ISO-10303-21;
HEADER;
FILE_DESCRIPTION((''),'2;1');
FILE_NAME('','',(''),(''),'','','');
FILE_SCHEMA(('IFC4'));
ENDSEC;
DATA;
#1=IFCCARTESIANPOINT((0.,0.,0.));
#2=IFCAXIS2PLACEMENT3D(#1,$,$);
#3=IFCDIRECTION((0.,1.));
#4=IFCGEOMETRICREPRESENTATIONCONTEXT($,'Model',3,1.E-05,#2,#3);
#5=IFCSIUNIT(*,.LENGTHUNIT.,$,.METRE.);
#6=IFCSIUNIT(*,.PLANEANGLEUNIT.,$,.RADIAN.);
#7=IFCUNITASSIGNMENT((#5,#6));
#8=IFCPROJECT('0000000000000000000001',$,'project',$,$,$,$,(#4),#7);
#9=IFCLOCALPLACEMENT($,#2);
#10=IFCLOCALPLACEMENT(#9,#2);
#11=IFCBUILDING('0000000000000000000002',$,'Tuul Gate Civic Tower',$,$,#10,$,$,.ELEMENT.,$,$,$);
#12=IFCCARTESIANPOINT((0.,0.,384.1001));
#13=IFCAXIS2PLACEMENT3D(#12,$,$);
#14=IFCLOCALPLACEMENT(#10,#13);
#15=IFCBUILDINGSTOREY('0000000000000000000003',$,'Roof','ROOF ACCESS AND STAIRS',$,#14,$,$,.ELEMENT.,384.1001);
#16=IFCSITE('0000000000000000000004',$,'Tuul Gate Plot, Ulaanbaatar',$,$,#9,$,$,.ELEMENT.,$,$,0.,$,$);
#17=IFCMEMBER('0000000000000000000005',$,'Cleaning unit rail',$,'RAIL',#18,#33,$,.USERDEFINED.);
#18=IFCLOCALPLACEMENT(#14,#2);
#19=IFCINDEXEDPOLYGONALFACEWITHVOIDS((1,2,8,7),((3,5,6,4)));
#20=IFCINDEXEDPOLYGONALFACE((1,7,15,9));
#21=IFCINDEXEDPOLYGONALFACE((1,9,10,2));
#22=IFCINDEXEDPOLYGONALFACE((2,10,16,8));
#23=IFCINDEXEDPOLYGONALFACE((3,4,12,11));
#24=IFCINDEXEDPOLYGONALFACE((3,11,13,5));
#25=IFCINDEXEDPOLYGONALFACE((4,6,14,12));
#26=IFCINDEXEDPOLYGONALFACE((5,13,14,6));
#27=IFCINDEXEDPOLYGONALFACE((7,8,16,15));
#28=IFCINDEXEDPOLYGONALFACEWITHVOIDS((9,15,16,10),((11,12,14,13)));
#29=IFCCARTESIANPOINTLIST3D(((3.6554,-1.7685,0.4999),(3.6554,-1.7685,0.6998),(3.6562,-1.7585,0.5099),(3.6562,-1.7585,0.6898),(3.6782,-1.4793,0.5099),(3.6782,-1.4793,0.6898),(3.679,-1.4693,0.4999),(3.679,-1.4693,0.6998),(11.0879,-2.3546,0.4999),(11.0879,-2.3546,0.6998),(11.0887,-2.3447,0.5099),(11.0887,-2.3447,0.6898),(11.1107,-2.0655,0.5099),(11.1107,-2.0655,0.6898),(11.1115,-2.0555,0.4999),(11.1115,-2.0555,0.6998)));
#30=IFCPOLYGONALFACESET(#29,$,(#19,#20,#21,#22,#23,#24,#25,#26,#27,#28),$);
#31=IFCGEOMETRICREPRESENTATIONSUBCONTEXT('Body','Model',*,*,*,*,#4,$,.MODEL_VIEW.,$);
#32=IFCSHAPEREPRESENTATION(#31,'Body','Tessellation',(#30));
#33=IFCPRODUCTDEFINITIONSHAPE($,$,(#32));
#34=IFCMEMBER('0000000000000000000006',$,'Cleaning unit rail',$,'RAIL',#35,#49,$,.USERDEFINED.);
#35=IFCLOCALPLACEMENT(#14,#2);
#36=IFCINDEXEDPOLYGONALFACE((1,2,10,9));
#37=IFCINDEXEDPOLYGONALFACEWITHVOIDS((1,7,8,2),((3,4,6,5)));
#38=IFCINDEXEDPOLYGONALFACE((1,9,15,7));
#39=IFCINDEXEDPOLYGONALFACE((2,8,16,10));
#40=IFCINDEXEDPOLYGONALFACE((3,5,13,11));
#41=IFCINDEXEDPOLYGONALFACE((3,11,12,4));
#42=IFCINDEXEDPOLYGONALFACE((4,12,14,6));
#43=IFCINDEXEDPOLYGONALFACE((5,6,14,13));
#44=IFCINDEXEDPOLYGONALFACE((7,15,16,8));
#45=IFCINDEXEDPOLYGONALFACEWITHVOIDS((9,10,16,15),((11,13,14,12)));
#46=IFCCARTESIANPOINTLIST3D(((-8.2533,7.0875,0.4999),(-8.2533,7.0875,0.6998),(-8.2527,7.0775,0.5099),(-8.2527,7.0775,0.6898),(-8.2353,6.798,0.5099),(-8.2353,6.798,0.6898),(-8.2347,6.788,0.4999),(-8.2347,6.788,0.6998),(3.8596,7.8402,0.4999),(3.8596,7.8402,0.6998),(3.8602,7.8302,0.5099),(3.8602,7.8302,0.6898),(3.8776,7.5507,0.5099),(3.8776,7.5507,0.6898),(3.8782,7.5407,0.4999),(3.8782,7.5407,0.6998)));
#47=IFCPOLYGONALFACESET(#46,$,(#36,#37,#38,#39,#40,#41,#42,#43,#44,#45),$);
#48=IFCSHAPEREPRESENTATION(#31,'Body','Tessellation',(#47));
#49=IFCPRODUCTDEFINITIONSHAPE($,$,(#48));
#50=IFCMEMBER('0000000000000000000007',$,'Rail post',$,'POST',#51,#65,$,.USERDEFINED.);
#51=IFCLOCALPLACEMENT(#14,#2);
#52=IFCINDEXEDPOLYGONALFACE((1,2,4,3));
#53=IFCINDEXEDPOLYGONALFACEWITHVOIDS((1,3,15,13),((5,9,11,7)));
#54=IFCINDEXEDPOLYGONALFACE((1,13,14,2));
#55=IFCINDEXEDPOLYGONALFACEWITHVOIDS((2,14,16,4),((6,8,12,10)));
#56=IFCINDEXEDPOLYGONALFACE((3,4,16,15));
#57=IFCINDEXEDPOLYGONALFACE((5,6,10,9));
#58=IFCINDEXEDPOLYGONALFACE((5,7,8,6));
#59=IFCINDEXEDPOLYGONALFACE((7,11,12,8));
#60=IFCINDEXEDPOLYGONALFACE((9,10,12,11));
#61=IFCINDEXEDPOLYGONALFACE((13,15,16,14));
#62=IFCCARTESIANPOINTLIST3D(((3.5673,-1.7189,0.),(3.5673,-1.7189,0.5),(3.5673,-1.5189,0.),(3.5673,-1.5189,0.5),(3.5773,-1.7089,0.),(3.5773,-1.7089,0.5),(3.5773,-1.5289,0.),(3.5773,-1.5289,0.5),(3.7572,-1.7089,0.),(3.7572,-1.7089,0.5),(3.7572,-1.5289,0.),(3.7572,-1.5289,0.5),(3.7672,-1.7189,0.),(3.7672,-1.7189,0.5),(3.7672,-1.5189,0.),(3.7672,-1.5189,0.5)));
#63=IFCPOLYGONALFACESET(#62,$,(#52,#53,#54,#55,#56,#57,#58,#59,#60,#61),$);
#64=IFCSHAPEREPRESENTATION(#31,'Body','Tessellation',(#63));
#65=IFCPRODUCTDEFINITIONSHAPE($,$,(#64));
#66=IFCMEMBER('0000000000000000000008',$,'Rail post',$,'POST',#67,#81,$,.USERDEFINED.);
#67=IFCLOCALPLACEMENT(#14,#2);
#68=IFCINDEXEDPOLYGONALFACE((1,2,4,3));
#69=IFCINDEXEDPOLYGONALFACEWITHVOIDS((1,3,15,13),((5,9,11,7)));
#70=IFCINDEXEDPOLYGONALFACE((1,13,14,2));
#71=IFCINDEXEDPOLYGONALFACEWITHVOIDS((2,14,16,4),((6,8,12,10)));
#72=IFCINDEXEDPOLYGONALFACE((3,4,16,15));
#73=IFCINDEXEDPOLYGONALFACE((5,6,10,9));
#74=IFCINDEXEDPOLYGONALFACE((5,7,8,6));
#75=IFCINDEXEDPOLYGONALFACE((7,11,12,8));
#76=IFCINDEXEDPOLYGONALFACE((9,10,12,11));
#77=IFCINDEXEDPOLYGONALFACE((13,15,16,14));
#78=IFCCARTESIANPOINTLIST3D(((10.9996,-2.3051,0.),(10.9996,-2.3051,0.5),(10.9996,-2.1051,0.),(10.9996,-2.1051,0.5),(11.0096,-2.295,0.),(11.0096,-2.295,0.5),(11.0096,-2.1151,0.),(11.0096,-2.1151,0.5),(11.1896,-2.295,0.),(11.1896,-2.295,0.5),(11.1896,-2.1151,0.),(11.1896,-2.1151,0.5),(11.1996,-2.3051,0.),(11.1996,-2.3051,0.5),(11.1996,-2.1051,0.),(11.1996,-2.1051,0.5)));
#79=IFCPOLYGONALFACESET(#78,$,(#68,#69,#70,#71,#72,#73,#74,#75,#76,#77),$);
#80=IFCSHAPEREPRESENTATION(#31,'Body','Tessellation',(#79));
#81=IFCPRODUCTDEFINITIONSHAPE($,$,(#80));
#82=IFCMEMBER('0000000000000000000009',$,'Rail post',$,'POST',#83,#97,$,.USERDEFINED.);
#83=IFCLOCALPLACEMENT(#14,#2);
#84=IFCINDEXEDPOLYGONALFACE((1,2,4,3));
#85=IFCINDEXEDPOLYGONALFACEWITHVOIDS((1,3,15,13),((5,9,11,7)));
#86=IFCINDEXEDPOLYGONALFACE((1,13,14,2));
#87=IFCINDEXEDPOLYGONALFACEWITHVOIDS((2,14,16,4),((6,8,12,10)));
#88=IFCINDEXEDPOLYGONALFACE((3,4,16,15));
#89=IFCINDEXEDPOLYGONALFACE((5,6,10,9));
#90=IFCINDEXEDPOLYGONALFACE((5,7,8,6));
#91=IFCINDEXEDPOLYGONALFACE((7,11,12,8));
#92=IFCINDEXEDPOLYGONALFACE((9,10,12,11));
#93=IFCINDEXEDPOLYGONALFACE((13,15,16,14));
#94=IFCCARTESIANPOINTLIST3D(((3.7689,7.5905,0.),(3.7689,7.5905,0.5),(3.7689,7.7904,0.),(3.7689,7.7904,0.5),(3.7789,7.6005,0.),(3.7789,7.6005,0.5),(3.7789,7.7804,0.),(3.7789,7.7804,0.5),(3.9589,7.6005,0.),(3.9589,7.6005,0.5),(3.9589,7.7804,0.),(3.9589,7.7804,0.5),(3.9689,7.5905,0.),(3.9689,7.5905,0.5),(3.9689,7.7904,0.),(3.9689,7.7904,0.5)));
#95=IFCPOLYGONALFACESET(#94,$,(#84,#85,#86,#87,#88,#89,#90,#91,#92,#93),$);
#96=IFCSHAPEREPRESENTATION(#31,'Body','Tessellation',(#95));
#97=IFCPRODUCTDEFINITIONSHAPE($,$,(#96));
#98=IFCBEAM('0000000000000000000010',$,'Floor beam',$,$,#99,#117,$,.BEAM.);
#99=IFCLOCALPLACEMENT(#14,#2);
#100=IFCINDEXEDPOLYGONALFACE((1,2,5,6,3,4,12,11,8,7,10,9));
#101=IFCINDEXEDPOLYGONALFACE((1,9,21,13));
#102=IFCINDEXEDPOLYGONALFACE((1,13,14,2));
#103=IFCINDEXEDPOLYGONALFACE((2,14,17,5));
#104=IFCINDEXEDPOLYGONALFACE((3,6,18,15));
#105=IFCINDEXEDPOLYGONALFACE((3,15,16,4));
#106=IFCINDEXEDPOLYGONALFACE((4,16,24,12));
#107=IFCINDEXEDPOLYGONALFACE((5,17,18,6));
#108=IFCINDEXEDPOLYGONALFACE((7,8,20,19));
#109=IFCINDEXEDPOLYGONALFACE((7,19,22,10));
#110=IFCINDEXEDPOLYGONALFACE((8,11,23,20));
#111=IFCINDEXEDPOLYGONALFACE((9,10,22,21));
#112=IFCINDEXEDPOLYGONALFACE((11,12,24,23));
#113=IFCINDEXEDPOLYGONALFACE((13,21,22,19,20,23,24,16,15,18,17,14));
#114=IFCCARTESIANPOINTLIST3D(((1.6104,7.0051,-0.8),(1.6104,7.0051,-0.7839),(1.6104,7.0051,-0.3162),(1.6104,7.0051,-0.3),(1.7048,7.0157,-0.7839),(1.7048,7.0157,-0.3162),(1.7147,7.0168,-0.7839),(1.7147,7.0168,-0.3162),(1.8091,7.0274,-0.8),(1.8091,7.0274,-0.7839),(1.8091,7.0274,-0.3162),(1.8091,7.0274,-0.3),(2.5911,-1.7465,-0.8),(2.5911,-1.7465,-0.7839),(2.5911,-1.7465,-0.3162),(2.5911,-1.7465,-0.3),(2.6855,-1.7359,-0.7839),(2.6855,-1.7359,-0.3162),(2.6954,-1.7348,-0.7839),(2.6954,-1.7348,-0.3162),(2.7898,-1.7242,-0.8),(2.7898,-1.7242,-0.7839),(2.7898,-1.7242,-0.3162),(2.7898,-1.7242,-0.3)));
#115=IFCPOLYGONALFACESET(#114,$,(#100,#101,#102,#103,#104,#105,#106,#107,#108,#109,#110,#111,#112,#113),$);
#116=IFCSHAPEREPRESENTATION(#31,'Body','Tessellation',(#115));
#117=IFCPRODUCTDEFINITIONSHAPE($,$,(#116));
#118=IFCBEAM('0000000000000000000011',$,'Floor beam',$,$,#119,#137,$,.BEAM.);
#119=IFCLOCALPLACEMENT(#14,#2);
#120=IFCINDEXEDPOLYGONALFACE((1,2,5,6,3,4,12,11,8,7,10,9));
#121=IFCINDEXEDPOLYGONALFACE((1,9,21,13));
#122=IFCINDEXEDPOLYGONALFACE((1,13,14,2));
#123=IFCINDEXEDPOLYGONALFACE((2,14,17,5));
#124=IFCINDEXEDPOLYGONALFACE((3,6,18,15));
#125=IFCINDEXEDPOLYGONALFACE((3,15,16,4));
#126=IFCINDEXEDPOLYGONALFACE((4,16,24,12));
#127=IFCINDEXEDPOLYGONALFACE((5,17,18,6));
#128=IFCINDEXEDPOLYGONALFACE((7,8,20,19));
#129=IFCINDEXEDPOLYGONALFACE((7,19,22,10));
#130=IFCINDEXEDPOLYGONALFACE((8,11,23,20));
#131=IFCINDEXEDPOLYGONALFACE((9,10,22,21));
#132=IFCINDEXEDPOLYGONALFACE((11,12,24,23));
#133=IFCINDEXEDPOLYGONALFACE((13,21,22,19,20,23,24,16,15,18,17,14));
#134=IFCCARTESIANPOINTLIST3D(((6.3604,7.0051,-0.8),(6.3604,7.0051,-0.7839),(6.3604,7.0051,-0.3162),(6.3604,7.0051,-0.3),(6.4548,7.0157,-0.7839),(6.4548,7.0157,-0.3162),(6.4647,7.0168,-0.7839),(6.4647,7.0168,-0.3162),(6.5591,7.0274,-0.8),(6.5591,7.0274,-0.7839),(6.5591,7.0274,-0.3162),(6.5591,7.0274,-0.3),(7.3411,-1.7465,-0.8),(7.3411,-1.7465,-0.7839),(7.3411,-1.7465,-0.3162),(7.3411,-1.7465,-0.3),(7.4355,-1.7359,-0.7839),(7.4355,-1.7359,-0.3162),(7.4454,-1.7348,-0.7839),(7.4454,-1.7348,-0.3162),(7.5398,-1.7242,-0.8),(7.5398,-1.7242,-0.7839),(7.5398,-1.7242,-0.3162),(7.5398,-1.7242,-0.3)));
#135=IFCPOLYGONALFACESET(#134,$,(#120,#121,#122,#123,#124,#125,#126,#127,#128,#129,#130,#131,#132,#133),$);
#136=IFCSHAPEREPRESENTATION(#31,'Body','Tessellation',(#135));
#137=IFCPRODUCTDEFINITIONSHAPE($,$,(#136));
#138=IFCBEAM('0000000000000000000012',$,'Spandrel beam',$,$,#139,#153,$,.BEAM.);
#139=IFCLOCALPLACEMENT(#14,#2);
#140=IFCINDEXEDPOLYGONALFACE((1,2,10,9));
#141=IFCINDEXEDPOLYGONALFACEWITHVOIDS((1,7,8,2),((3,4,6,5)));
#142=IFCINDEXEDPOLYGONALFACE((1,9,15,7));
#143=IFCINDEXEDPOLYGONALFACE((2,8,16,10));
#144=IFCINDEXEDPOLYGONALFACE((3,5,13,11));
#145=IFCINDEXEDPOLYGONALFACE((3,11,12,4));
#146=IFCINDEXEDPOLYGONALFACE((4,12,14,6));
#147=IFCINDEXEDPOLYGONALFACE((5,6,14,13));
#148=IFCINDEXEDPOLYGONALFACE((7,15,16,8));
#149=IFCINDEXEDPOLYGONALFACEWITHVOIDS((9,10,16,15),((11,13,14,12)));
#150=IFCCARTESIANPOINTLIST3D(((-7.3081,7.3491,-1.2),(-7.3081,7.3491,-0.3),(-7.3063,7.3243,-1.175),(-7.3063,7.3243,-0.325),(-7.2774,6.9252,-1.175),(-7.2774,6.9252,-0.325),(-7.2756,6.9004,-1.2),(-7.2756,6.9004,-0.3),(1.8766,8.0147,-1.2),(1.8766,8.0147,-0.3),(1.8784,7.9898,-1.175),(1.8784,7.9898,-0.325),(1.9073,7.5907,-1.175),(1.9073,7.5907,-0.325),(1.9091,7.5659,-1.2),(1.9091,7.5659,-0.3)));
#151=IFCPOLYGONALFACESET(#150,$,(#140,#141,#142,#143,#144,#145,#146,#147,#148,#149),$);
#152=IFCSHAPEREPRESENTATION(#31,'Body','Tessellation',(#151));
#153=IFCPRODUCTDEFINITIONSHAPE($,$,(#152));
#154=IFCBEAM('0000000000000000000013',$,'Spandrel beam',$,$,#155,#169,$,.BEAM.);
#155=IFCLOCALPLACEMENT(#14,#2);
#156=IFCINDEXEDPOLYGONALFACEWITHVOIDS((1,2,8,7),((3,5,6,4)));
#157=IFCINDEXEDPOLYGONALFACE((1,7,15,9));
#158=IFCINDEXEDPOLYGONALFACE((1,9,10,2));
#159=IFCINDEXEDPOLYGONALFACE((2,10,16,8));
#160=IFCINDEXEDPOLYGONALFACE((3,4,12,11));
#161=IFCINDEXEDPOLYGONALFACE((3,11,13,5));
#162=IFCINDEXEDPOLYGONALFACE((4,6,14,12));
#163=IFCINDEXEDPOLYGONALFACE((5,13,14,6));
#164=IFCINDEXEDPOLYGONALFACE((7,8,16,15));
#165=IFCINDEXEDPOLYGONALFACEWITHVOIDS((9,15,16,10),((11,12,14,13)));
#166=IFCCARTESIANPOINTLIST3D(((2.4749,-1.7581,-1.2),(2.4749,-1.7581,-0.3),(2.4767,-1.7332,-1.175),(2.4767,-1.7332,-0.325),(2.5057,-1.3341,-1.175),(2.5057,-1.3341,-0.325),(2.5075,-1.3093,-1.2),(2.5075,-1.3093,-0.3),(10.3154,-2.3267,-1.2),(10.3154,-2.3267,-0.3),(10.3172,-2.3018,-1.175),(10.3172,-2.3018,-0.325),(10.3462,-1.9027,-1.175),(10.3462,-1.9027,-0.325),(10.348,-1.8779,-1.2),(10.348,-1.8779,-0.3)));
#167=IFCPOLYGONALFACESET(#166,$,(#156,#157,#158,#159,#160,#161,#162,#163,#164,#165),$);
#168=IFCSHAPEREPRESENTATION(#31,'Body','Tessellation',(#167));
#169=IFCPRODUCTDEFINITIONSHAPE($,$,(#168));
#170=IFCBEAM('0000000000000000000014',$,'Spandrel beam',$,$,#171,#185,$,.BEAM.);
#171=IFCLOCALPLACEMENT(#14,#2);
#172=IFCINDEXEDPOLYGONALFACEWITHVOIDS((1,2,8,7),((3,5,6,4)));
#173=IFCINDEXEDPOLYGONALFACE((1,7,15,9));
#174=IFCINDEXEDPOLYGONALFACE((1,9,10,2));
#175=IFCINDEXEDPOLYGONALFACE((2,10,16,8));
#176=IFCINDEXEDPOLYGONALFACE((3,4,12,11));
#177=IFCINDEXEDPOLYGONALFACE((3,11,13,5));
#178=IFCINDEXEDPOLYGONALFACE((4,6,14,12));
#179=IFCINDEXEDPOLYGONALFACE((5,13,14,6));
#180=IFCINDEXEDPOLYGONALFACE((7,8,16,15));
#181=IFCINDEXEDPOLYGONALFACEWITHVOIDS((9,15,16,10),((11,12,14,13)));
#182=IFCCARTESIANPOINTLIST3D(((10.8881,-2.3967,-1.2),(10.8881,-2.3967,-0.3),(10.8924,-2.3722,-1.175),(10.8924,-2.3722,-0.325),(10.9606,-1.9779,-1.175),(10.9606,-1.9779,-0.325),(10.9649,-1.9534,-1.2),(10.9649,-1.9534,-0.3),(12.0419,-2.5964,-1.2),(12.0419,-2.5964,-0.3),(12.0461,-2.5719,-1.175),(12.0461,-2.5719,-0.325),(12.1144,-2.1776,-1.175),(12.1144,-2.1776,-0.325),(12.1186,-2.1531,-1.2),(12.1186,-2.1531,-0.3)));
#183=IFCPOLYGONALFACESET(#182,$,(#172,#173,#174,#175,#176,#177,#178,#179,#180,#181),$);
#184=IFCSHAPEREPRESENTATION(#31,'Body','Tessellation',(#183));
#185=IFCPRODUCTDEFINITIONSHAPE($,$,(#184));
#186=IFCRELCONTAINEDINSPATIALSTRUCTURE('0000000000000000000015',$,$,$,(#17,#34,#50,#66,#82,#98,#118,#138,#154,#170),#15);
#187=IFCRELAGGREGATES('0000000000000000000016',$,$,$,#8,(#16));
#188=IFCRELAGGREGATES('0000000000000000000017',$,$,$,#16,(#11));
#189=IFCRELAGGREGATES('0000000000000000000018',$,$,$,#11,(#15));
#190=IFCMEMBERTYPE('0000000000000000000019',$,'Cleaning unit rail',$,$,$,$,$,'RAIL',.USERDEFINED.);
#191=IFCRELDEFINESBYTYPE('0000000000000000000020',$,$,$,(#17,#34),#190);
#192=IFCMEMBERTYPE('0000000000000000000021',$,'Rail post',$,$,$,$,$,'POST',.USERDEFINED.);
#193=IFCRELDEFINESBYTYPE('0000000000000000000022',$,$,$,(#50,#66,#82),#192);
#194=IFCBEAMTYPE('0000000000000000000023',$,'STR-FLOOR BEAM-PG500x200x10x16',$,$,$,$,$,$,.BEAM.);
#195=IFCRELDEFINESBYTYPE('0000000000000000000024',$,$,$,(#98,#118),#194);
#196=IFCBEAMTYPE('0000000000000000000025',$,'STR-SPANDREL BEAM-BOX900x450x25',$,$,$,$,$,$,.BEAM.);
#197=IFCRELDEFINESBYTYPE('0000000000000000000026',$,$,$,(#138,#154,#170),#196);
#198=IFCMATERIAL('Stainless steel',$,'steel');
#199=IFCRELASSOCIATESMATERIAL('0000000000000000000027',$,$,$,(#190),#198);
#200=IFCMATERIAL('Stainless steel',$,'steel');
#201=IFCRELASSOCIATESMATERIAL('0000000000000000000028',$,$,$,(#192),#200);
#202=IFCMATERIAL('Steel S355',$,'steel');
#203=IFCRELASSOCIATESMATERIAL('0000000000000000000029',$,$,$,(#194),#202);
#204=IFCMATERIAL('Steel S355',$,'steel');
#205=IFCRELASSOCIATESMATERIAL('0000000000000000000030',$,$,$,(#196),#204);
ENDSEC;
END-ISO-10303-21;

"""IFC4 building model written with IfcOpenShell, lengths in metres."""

from ifc_helpers import new_model, si_unit, direction, frame, origin, origin_2d, place, context, subcontext, project, spatial, hollow_rectangle, i_section, extrude, material, material_profile, profile_set, type_object, element, save


model = new_model("IFC4")

# Units and contexts
model_context = context("Model", 3, precision=1e-05, world=origin(), true_north=direction((0.0, 1.0)))
body_context = subcontext(model_context, "Body", "Model", "MODEL_VIEW")
ifc_project = project(units=[si_unit("LENGTHUNIT", "METRE"), si_unit("PLANEANGLEUNIT", "RADIAN")], contexts=[model_context])

# Site, building, storey
site_placement = place(None, origin())
site = spatial("IfcSite", under=ifc_project, at=site_placement, Name="Tuul Gate Plot, Ulaanbaatar", CompositionType="ELEMENT", RefElevation=0.0)
building_placement = place(site_placement, origin())
building = spatial("IfcBuilding", under=site, at=building_placement, Name="Tuul Gate Civic Tower", CompositionType="ELEMENT")
storey_placement = place(building_placement, frame((0.0, 0.0, 384.1001)))
storey = spatial("IfcBuildingStorey", under=building, at=storey_placement, Name="Roof", Description="ROOF ACCESS AND STAIRS", CompositionType="ELEMENT", Elevation=384.1001)

# Members
ifc_material_1 = material(Name="Stainless steel", Category="steel")
ifc_material_profile_1 = material_profile(ifc_material_1, hollow_rectangle(XDim=0.3, YDim=0.2, WallThickness=0.01, at=origin_2d()), Name="Cleaning unit rail")
ifc_profile_set_1 = profile_set([ifc_material_profile_1], Name="Stainless steel")
member_type_1 = type_object("IfcMemberType", Name="Cleaning unit rail", ElementType="RAIL", PredefinedType="USERDEFINED", material=ifc_profile_set_1)
member_1_placement = place(storey_placement, frame((3.6672, -1.6189, 0.5999), z_axis=(0.996904, -0.078625, 0.0), x_axis=(0.078625, 0.996904, 0.0)))
element("IfcMember", 1, at=member_1_placement, inside=storey, type_object=member_type_1, Name="Cleaning unit rail", ObjectType="RAIL", PredefinedType="USERDEFINED", context=body_context, shape_type="SweptSolid", body=[
    extrude(hollow_rectangle(XDim=0.3, YDim=0.2, WallThickness=0.01, at=origin_2d()), origin(), (0.0, 0.0, 1.0), 7.4556),
])
member_2_placement = place(storey_placement, frame((3.8689, 7.6904, 0.5999), z_axis=(-0.998075, -0.06202, 0.0), x_axis=(0.06202, -0.998075, 0.0)))
element("IfcMember", 2, at=member_2_placement, inside=storey, type_object=member_type_1, Name="Cleaning unit rail", ObjectType="RAIL", PredefinedType="USERDEFINED", context=body_context, shape_type="SweptSolid", body=[
    extrude(hollow_rectangle(XDim=0.3, YDim=0.2, WallThickness=0.01, at=origin_2d()), origin(), (0.0, 0.0, 1.0), 12.1362),
])
ifc_material_2 = material(Name="Stainless steel", Category="steel")
ifc_material_profile_2 = material_profile(ifc_material_2, hollow_rectangle(XDim=0.2, YDim=0.2, WallThickness=0.01, at=origin_2d()), Name="Rail post")
ifc_profile_set_2 = profile_set([ifc_material_profile_2], Name="Stainless steel")
member_type_2 = type_object("IfcMemberType", Name="Rail post", ElementType="POST", PredefinedType="USERDEFINED", material=ifc_profile_set_2)
for number, where, z_axis, x_axis, name in (
    (3, (3.6672, -1.6189, 0.0), (0.0, 0.0, 1.0), (1.0, 0.0, 0.0), "Rail post"),
    (4, (11.0996, -2.2051, 0.0), (0.0, 0.0, 1.0), (1.0, 0.0, 0.0), "Rail post"),
    (5, (3.8689, 7.6904, 0.0), (0.0, 0.0, 1.0), (1.0, 0.0, 0.0), "Rail post"),
):
    element("IfcMember", number, at=place(storey_placement, frame(where, z_axis=z_axis, x_axis=x_axis)), inside=storey, type_object=member_type_2, Name=name, ObjectType="POST", PredefinedType="USERDEFINED", context=body_context, shape_type="SweptSolid", body=[
        extrude(hollow_rectangle(XDim=0.2, YDim=0.2, WallThickness=0.01, at=origin_2d()), origin(), (0.0, 0.0, 1.0), 0.5),
    ])

# Beams
ifc_material_3 = material(Name="Steel S355", Category="steel")
ifc_material_profile_3 = material_profile(ifc_material_3, i_section(OverallWidth=0.2, OverallDepth=0.5, WebThickness=0.01, FlangeThickness=0.0161, at=origin_2d()), Name="PG500x200x10x16")
ifc_profile_set_3 = profile_set([ifc_material_profile_3], Name="Steel S355")
beam_type_1 = type_object("IfcBeamType", Name="STR-FLOOR BEAM-PG500x200x10x16", PredefinedType="BEAM", material=ifc_profile_set_3)
for number, where, z_axis, x_axis, name in (
    (6, (2.6904, -1.7354, -0.55), (-0.111363, 0.99378, 0.0), (-0.99378, -0.111363, 0.0), "Floor beam"),
    (7, (7.4404, -1.7354, -0.55), (-0.111363, 0.99378, 0.0), (-0.99378, -0.111363, 0.0), "Floor beam"),
):
    element("IfcBeam", number, at=place(storey_placement, frame(where, z_axis=z_axis, x_axis=x_axis)), inside=storey, type_object=beam_type_1, Name=name, PredefinedType="BEAM", context=body_context, shape_type="SweptSolid", body=[
        extrude(i_section(OverallWidth=0.2, OverallDepth=0.5, WebThickness=0.01, FlangeThickness=0.0161, at=origin_2d()), origin(), (0.0, 0.0, 1.0), 8.8064),
    ])
ifc_material_4 = material(Name="Steel S355", Category="steel")
ifc_material_profile_4 = material_profile(ifc_material_4, hollow_rectangle(XDim=0.45, YDim=0.8999, WallThickness=0.0249, at=origin_2d()), Name="BOX900x450x25")
ifc_profile_set_4 = profile_set([ifc_material_profile_4], Name="Steel S355")
beam_type_2 = type_object("IfcBeamType", Name="STR-SPANDREL BEAM-BOX900x450x25", PredefinedType="BEAM", material=ifc_profile_set_4)
beam_1_placement = place(storey_placement, frame((1.8928, 7.7903, -0.75), z_axis=(-0.997385, -0.072272, 0.0), x_axis=(0.072272, -0.997385, 0.0)))
element("IfcBeam", 8, at=beam_1_placement, inside=storey, type_object=beam_type_2, Name="Spandrel beam", PredefinedType="BEAM", context=body_context, shape_type="SweptSolid", body=[
    extrude(hollow_rectangle(XDim=0.45, YDim=0.8999, WallThickness=0.0249, at=origin_2d()), origin(), (0.0, 0.0, 1.0), 9.2087),
])
beam_2_placement = place(storey_placement, frame((2.4912, -1.5337, -0.75), z_axis=(0.997381, -0.072331, 0.0), x_axis=(0.072331, 0.997381, 0.0)))
element("IfcBeam", 9, at=beam_2_placement, inside=storey, type_object=beam_type_2, Name="Spandrel beam", PredefinedType="BEAM", context=body_context, shape_type="SweptSolid", body=[
    extrude(hollow_rectangle(XDim=0.45, YDim=0.8999, WallThickness=0.0249, at=origin_2d()), origin(), (0.0, 0.0, 1.0), 7.8611),
])
beam_3_placement = place(storey_placement, frame((10.9265, -2.175, -0.75), z_axis=(0.985349, -0.170549, 0.0), x_axis=(0.170549, 0.985349, 0.0)))
element("IfcBeam", 10, at=beam_3_placement, inside=storey, type_object=beam_type_2, Name="Spandrel beam", PredefinedType="BEAM", context=body_context, shape_type="SweptSolid", body=[
    extrude(hollow_rectangle(XDim=0.45, YDim=0.8999, WallThickness=0.0249, at=origin_2d()), origin(), (0.0, 0.0, 1.0), 1.1709),
])

save(model, "model.ifc")
